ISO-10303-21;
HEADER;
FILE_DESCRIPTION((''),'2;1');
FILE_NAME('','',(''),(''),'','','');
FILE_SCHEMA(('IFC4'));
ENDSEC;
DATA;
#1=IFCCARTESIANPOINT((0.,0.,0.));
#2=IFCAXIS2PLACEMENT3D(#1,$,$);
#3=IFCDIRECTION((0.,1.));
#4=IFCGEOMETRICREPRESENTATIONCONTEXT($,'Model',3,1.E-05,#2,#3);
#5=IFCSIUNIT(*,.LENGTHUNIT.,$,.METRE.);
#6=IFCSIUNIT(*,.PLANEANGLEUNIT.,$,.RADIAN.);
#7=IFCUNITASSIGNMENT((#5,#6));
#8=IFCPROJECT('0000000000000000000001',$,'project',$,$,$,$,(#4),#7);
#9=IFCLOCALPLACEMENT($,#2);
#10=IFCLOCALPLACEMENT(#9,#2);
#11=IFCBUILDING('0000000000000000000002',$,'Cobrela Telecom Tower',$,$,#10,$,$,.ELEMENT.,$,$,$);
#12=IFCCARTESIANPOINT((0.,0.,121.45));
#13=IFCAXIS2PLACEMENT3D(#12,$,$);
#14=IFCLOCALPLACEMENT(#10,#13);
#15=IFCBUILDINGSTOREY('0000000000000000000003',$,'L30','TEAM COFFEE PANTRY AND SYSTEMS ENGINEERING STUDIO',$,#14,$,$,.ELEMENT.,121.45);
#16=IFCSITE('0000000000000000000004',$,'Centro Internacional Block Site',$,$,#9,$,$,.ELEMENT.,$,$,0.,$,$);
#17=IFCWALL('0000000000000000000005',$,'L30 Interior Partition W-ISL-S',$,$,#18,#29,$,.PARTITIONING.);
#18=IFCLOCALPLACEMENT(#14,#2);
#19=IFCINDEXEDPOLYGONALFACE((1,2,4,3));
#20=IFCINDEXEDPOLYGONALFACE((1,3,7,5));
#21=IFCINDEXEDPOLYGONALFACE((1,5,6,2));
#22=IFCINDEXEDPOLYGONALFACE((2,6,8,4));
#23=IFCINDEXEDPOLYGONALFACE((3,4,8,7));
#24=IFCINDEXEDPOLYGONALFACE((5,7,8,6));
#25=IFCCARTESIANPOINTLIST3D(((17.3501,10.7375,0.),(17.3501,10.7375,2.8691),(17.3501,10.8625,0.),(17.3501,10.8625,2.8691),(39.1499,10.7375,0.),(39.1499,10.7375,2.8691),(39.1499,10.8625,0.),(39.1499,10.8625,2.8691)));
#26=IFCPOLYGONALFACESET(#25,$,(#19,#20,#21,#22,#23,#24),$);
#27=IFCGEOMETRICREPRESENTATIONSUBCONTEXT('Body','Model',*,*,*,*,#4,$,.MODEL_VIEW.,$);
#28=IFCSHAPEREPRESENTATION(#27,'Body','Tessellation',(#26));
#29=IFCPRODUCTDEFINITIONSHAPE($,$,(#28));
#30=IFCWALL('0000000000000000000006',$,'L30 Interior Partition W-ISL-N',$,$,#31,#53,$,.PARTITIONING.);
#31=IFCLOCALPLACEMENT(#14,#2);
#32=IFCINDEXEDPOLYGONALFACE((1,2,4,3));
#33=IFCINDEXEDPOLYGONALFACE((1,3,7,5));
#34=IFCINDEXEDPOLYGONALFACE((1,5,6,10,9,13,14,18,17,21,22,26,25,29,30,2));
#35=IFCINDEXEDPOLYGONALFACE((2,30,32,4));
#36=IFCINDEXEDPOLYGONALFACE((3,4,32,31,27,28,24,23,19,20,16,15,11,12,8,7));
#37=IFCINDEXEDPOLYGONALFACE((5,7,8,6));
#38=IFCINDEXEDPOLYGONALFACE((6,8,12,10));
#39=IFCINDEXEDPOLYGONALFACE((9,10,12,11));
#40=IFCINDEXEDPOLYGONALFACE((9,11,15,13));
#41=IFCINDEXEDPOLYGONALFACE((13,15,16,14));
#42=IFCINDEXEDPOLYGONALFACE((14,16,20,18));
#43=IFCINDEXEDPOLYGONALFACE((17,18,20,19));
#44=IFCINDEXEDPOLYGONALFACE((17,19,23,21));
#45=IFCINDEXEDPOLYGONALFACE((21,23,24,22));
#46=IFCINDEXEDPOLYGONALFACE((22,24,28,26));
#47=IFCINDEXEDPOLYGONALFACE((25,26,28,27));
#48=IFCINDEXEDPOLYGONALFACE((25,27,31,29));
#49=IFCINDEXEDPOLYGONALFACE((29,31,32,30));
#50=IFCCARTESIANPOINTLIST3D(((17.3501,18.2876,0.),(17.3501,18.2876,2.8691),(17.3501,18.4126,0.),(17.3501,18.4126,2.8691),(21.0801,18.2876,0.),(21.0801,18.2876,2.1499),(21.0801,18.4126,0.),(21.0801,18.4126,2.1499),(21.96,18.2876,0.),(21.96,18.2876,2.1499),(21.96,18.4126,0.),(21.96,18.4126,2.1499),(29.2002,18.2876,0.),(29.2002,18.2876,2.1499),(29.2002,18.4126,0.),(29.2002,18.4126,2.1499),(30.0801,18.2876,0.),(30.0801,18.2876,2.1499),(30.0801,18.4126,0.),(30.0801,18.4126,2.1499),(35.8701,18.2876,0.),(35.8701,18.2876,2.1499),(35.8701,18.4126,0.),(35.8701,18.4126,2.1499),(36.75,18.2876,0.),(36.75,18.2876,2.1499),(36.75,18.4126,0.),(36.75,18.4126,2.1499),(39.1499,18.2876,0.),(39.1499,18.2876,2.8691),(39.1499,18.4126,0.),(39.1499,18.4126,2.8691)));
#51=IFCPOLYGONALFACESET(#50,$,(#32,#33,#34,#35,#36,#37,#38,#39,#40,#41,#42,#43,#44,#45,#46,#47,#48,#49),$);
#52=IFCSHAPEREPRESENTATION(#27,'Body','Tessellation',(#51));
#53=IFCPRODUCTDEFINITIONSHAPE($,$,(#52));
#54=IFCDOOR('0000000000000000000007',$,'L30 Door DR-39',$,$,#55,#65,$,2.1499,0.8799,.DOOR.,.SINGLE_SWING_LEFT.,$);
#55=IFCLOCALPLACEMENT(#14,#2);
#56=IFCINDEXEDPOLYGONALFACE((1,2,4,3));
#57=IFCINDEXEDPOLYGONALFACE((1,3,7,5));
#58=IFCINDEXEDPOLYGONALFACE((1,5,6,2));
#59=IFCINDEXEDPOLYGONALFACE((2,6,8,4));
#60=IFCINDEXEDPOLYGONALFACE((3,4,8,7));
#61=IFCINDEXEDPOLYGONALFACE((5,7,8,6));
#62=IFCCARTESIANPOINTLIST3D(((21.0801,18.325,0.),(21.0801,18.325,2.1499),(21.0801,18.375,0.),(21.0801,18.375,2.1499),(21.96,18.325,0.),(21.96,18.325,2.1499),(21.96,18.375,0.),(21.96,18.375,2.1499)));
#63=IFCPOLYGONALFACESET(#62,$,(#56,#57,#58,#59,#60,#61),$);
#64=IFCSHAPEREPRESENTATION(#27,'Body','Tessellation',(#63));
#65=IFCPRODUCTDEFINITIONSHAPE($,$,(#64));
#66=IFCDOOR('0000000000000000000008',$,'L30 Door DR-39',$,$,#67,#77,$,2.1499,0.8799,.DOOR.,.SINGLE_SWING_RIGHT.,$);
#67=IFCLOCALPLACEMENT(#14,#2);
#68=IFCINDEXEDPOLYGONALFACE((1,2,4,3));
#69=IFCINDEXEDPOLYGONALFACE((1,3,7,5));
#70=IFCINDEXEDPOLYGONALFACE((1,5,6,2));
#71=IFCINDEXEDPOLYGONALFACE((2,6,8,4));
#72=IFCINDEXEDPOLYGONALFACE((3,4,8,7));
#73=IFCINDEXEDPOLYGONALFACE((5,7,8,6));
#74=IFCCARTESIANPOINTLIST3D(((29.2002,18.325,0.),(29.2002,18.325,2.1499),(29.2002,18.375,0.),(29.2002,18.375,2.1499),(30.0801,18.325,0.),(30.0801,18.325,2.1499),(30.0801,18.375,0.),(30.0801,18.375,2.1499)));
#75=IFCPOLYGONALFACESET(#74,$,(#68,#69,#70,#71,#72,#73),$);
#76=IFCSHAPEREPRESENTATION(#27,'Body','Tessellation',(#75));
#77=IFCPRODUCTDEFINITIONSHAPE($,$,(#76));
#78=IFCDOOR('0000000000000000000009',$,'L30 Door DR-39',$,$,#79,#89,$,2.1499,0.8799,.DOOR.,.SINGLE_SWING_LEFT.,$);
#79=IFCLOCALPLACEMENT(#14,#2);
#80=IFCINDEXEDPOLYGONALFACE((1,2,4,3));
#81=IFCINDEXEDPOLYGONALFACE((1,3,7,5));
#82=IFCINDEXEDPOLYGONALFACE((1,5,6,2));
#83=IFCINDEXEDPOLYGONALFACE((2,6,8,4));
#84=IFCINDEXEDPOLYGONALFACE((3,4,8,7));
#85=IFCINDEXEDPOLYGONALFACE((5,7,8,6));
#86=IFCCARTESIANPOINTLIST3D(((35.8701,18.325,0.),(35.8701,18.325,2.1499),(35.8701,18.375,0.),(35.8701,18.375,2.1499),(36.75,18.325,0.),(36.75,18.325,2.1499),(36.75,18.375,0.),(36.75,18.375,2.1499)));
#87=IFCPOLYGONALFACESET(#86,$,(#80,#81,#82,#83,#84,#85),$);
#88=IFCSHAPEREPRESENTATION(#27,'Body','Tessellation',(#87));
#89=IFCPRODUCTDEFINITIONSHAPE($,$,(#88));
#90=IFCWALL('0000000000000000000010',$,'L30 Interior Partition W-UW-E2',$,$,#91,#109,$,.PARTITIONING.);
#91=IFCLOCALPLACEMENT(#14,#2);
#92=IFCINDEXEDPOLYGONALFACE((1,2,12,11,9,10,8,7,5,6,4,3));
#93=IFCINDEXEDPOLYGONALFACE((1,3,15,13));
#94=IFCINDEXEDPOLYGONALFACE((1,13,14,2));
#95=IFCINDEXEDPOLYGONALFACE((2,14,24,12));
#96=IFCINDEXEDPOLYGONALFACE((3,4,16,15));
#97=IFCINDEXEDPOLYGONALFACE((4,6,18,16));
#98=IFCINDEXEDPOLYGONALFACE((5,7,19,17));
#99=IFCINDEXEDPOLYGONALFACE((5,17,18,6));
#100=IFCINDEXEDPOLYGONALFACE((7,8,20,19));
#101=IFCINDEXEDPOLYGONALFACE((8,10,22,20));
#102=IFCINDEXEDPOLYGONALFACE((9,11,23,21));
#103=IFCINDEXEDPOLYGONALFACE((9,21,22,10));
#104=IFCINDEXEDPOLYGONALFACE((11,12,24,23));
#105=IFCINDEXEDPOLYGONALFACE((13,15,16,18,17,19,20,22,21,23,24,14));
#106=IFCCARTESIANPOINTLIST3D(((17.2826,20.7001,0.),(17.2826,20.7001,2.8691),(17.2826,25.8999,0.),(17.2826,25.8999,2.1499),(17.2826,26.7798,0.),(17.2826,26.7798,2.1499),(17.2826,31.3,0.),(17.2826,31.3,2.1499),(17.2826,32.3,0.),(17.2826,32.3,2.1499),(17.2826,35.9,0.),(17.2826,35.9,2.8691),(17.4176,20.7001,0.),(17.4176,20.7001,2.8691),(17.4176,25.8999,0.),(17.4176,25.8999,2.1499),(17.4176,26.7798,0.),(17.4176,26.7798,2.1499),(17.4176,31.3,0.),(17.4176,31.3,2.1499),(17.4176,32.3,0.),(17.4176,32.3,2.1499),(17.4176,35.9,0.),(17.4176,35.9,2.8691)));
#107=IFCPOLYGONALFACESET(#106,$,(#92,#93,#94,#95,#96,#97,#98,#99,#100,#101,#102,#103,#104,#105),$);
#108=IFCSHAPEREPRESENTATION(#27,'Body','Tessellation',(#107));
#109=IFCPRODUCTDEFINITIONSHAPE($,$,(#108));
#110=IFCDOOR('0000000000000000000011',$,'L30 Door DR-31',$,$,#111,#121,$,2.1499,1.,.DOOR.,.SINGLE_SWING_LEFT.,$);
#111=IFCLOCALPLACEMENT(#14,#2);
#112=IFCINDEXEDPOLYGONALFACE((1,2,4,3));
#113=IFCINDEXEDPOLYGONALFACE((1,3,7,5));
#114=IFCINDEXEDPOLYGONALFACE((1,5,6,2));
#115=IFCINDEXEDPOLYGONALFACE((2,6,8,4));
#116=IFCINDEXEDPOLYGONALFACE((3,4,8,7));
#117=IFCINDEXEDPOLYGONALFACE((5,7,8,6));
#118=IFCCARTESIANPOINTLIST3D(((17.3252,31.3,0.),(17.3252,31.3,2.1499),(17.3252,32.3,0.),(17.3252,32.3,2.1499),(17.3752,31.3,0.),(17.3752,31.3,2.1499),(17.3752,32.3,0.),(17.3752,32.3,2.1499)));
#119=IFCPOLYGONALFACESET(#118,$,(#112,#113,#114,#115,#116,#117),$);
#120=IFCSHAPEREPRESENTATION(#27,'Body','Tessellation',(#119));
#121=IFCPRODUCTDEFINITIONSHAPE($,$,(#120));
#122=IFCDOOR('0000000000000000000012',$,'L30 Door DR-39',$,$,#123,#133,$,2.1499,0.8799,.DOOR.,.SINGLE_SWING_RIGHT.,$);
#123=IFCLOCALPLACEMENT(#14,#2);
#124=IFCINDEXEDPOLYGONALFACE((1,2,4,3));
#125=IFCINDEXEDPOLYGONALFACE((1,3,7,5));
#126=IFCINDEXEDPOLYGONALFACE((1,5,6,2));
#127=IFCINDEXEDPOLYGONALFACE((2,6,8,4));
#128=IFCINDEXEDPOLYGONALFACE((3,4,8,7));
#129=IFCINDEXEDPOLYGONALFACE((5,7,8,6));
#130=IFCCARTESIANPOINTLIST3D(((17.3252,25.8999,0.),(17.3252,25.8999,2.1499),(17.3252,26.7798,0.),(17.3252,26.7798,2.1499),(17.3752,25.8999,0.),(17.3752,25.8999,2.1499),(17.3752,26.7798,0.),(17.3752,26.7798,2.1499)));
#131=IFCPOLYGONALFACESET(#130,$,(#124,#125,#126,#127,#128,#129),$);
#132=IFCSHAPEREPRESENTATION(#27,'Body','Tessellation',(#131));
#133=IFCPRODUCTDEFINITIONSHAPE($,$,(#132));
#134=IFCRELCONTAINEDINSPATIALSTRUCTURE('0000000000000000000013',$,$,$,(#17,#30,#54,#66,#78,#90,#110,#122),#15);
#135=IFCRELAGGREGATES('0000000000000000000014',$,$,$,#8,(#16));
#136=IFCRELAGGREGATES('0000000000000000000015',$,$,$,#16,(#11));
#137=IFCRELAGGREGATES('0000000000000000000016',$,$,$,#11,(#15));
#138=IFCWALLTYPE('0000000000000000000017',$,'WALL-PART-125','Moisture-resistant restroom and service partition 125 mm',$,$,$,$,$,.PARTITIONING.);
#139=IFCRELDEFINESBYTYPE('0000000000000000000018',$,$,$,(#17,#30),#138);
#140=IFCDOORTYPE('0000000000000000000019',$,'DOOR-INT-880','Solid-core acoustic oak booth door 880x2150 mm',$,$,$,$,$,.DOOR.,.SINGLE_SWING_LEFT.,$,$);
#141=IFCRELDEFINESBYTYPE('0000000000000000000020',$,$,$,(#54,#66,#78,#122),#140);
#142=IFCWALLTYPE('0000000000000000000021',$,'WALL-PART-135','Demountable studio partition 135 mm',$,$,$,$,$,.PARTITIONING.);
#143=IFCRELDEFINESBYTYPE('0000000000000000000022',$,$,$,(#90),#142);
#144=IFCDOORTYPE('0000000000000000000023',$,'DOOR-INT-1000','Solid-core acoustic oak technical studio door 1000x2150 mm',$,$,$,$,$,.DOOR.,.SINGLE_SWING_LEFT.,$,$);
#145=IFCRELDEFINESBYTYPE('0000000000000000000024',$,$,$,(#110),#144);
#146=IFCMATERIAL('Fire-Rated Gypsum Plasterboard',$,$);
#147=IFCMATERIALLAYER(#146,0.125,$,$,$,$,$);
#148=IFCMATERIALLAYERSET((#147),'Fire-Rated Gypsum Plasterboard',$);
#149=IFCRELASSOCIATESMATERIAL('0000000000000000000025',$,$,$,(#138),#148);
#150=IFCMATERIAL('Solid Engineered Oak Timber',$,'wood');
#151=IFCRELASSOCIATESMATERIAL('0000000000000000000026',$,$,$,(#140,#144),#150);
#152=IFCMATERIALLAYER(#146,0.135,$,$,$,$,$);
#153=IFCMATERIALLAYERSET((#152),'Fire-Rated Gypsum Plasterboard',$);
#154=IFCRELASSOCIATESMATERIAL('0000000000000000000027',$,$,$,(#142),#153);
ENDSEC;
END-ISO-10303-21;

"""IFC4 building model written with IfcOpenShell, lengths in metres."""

from ifc_helpers import new_model, si_unit, direction, frame, frame_2d, origin, place, context, subcontext, project, spatial, rectangle, extrude, material, layer, layer_set, type_object, element, fill, save


model = new_model("IFC4")

# Units and contexts
model_context = context("Model", 3, precision=1e-05, world=origin(), true_north=direction((0.0, 1.0)))
body_context = subcontext(model_context, "Body", "Model", "MODEL_VIEW")
ifc_project = project(units=[si_unit("LENGTHUNIT", "METRE"), si_unit("PLANEANGLEUNIT", "RADIAN")], contexts=[model_context])

# Site, building, storey
site_placement = place(None, origin())
site = spatial("IfcSite", under=ifc_project, at=site_placement, Name="Centro Internacional Block Site", CompositionType="ELEMENT", RefElevation=0.0)
building_placement = place(site_placement, origin())
building = spatial("IfcBuilding", under=site, at=building_placement, Name="Cobrela Telecom Tower", CompositionType="ELEMENT")
storey_placement = place(building_placement, frame((0.0, 0.0, 121.45)))
storey = spatial("IfcBuildingStorey", under=building, at=storey_placement, Name="L30", Description="TEAM COFFEE PANTRY AND SYSTEMS ENGINEERING STUDIO", CompositionType="ELEMENT", Elevation=121.45)

# Wall
ifc_material_1 = material(Name="Fire-Rated Gypsum Plasterboard")
ifc_layer_1 = layer(ifc_material_1, 0.125)
ifc_layer_set_1 = layer_set([ifc_layer_1], Name="Fire-Rated Gypsum Plasterboard")
wall_type_1 = type_object("IfcWallType", Name="WALL-PART-125", Description="Moisture-resistant restroom and service partition 125 mm", PredefinedType="PARTITIONING", material=ifc_layer_set_1)
wall_1_placement = place(storey_placement, frame((17.3501, 10.8, 0.0), z_axis=(0.0, 0.0, 1.0), x_axis=(1.0, 0.0, 0.0)))
element("IfcWall", 1, at=wall_1_placement, inside=storey, type_object=wall_type_1, Name="L30 Interior Partition W-ISL-S", PredefinedType="PARTITIONING", context=body_context, shape_type="SweptSolid", body=[
    extrude(rectangle(XDim=21.7998, YDim=0.125, at=frame_2d((10.8999, 0.0))), origin(), (0.0, 0.0, 1.0), 2.8691),
])

# Walls, openings, doors
wall_2_placement = place(storey_placement, frame((17.3501, 18.3501, 0.0), z_axis=(0.0, 0.0, 1.0), x_axis=(1.0, 0.0, 0.0)))
wall_2 = element("IfcWall", 2, at=wall_2_placement, inside=storey, type_object=wall_type_1, Name="L30 Interior Partition W-ISL-N", PredefinedType="PARTITIONING", context=body_context, shape_type="SweptSolid", body=[
    extrude(rectangle(XDim=21.7998, YDim=0.125, at=frame_2d((10.8999, 0.0))), origin(), (0.0, 0.0, 1.0), 2.8691),
])
opening_1_placement = place(wall_2_placement, frame((3.73, 0.0, 0.0)))
opening_1 = element("IfcOpeningElement", 3, at=opening_1_placement, cuts=wall_2, PredefinedType="OPENING", context=body_context, shape_type="SweptSolid", body=[
    extrude(rectangle(XDim=0.8799, YDim=2.1499, at=frame_2d((0.4399, 1.075))), frame((0.0, 0.0745, 0.0), z_axis=(0.0, -1.0, 0.0), x_axis=(1.0, 0.0, 0.0)), (0.0, 0.0, 1.0), 0.1489),
])
opening_2_placement = place(wall_2_placement, frame((11.8501, 0.0, 0.0)))
opening_2 = element("IfcOpeningElement", 4, at=opening_2_placement, cuts=wall_2, PredefinedType="OPENING", context=body_context, shape_type="SweptSolid", body=[
    extrude(rectangle(XDim=0.8799, YDim=2.1499, at=frame_2d((0.4399, 1.075))), frame((0.0, 0.0745, 0.0), z_axis=(0.0, -1.0, 0.0), x_axis=(1.0, 0.0, 0.0)), (0.0, 0.0, 1.0), 0.1489),
])
opening_3_placement = place(wall_2_placement, frame((18.52, 0.0, 0.0)))
opening_3 = element("IfcOpeningElement", 5, at=opening_3_placement, cuts=wall_2, PredefinedType="OPENING", context=body_context, shape_type="SweptSolid", body=[
    extrude(rectangle(XDim=0.8799, YDim=2.1499, at=frame_2d((0.4399, 1.075))), frame((0.0, 0.0745, 0.0), z_axis=(0.0, -1.0, 0.0), x_axis=(1.0, 0.0, 0.0)), (0.0, 0.0, 1.0), 0.1489),
])
ifc_material_2 = material(Name="Solid Engineered Oak Timber", Category="wood")
door_type_1 = type_object("IfcDoorType", Name="DOOR-INT-880", Description="Solid-core acoustic oak booth door 880x2150 mm", OperationType="SINGLE_SWING_LEFT", PredefinedType="DOOR", material=ifc_material_2)
door_1_placement = place(opening_1_placement, origin())
door_1 = element("IfcDoor", 6, at=door_1_placement, inside=storey, type_object=door_type_1, Name="L30 Door DR-39", OperationType="SINGLE_SWING_LEFT", OverallHeight=2.1499, OverallWidth=0.8799, PredefinedType="DOOR", context=body_context, shape_type="SweptSolid", body=[
    extrude(rectangle(XDim=0.8799, YDim=2.1499, at=frame_2d((0.4399, 1.075))), frame((0.0, 0.0249, 0.0), z_axis=(0.0, -1.0, 0.0), x_axis=(1.0, 0.0, 0.0)), (0.0, 0.0, 1.0), 0.05),
])
fill(opening_1, door_1)
door_2_placement = place(opening_2_placement, origin())
door_2 = element("IfcDoor", 7, at=door_2_placement, inside=storey, type_object=door_type_1, Name="L30 Door DR-39", OperationType="SINGLE_SWING_RIGHT", OverallHeight=2.1499, OverallWidth=0.8799, PredefinedType="DOOR", context=body_context, shape_type="SweptSolid", body=[
    extrude(rectangle(XDim=0.8799, YDim=2.1499, at=frame_2d((0.4399, 1.075))), frame((0.0, 0.0249, 0.0), z_axis=(0.0, -1.0, 0.0), x_axis=(1.0, 0.0, 0.0)), (0.0, 0.0, 1.0), 0.05),
])
fill(opening_2, door_2)
door_3_placement = place(opening_3_placement, origin())
door_3 = element("IfcDoor", 8, at=door_3_placement, inside=storey, type_object=door_type_1, Name="L30 Door DR-39", OperationType="SINGLE_SWING_LEFT", OverallHeight=2.1499, OverallWidth=0.8799, PredefinedType="DOOR", context=body_context, shape_type="SweptSolid", body=[
    extrude(rectangle(XDim=0.8799, YDim=2.1499, at=frame_2d((0.4399, 1.075))), frame((0.0, 0.0249, 0.0), z_axis=(0.0, -1.0, 0.0), x_axis=(1.0, 0.0, 0.0)), (0.0, 0.0, 1.0), 0.05),
])
fill(opening_3, door_3)
ifc_layer_2 = layer(ifc_material_1, 0.135)
ifc_layer_set_2 = layer_set([ifc_layer_2], Name="Fire-Rated Gypsum Plasterboard")
wall_type_2 = type_object("IfcWallType", Name="WALL-PART-135", Description="Demountable studio partition 135 mm", PredefinedType="PARTITIONING", material=ifc_layer_set_2)
wall_3_placement = place(storey_placement, frame((17.3501, 20.7, 0.0), z_axis=(0.0, 0.0, 1.0), x_axis=(0.0, 1.0, 0.0)))
wall_3 = element("IfcWall", 9, at=wall_3_placement, inside=storey, type_object=wall_type_2, Name="L30 Interior Partition W-UW-E2", PredefinedType="PARTITIONING", context=body_context, shape_type="SweptSolid", body=[
    extrude(rectangle(XDim=15.2, YDim=0.135, at=frame_2d((7.6001, 0.0))), origin(), (0.0, 0.0, 1.0), 2.8691),
])
opening_4_placement = place(wall_3_placement, frame((5.2, 0.0, 0.0)))
opening_4 = element("IfcOpeningElement", 10, at=opening_4_placement, cuts=wall_3, PredefinedType="OPENING", context=body_context, shape_type="SweptSolid", body=[
    extrude(rectangle(XDim=0.8799, YDim=2.1499, at=frame_2d((0.4399, 1.075))), frame((0.0, 0.0796, 0.0), z_axis=(0.0, -1.0, 0.0), x_axis=(1.0, 0.0, 0.0)), (0.0, 0.0, 1.0), 0.1589),
])
opening_5_placement = place(wall_3_placement, frame((10.6001, 0.0, 0.0)))
opening_5 = element("IfcOpeningElement", 11, at=opening_5_placement, cuts=wall_3, PredefinedType="OPENING", context=body_context, shape_type="SweptSolid", body=[
    extrude(rectangle(XDim=1.0, YDim=2.1499, at=frame_2d((0.5, 1.075))), frame((0.0, 0.0796, 0.0), z_axis=(0.0, -1.0, 0.0), x_axis=(1.0, 0.0, 0.0)), (0.0, 0.0, 1.0), 0.1589),
])
door_type_2 = type_object("IfcDoorType", Name="DOOR-INT-1000", Description="Solid-core acoustic oak technical studio door 1000x2150 mm", OperationType="SINGLE_SWING_LEFT", PredefinedType="DOOR", material=ifc_material_2)
door_4_placement = place(opening_5_placement, origin())
door_4 = element("IfcDoor", 12, at=door_4_placement, inside=storey, type_object=door_type_2, Name="L30 Door DR-31", OperationType="SINGLE_SWING_LEFT", OverallHeight=2.1499, OverallWidth=1.0, PredefinedType="DOOR", context=body_context, shape_type="SweptSolid", body=[
    extrude(rectangle(XDim=1.0, YDim=2.1499, at=frame_2d((0.5, 1.075))), frame((0.0, 0.0249, 0.0), z_axis=(0.0, -1.0, 0.0), x_axis=(1.0, 0.0, 0.0)), (0.0, 0.0, 1.0), 0.05),
])
fill(opening_5, door_4)
door_5_placement = place(opening_4_placement, origin())
door_5 = element("IfcDoor", 13, at=door_5_placement, inside=storey, type_object=door_type_1, Name="L30 Door DR-39", OperationType="SINGLE_SWING_RIGHT", OverallHeight=2.1499, OverallWidth=0.8799, PredefinedType="DOOR", context=body_context, shape_type="SweptSolid", body=[
    extrude(rectangle(XDim=0.8799, YDim=2.1499, at=frame_2d((0.4399, 1.075))), frame((0.0, 0.0249, 0.0), z_axis=(0.0, -1.0, 0.0), x_axis=(1.0, 0.0, 0.0)), (0.0, 0.0, 1.0), 0.05),
])
fill(opening_4, door_5)

save(model, "model.ifc")
